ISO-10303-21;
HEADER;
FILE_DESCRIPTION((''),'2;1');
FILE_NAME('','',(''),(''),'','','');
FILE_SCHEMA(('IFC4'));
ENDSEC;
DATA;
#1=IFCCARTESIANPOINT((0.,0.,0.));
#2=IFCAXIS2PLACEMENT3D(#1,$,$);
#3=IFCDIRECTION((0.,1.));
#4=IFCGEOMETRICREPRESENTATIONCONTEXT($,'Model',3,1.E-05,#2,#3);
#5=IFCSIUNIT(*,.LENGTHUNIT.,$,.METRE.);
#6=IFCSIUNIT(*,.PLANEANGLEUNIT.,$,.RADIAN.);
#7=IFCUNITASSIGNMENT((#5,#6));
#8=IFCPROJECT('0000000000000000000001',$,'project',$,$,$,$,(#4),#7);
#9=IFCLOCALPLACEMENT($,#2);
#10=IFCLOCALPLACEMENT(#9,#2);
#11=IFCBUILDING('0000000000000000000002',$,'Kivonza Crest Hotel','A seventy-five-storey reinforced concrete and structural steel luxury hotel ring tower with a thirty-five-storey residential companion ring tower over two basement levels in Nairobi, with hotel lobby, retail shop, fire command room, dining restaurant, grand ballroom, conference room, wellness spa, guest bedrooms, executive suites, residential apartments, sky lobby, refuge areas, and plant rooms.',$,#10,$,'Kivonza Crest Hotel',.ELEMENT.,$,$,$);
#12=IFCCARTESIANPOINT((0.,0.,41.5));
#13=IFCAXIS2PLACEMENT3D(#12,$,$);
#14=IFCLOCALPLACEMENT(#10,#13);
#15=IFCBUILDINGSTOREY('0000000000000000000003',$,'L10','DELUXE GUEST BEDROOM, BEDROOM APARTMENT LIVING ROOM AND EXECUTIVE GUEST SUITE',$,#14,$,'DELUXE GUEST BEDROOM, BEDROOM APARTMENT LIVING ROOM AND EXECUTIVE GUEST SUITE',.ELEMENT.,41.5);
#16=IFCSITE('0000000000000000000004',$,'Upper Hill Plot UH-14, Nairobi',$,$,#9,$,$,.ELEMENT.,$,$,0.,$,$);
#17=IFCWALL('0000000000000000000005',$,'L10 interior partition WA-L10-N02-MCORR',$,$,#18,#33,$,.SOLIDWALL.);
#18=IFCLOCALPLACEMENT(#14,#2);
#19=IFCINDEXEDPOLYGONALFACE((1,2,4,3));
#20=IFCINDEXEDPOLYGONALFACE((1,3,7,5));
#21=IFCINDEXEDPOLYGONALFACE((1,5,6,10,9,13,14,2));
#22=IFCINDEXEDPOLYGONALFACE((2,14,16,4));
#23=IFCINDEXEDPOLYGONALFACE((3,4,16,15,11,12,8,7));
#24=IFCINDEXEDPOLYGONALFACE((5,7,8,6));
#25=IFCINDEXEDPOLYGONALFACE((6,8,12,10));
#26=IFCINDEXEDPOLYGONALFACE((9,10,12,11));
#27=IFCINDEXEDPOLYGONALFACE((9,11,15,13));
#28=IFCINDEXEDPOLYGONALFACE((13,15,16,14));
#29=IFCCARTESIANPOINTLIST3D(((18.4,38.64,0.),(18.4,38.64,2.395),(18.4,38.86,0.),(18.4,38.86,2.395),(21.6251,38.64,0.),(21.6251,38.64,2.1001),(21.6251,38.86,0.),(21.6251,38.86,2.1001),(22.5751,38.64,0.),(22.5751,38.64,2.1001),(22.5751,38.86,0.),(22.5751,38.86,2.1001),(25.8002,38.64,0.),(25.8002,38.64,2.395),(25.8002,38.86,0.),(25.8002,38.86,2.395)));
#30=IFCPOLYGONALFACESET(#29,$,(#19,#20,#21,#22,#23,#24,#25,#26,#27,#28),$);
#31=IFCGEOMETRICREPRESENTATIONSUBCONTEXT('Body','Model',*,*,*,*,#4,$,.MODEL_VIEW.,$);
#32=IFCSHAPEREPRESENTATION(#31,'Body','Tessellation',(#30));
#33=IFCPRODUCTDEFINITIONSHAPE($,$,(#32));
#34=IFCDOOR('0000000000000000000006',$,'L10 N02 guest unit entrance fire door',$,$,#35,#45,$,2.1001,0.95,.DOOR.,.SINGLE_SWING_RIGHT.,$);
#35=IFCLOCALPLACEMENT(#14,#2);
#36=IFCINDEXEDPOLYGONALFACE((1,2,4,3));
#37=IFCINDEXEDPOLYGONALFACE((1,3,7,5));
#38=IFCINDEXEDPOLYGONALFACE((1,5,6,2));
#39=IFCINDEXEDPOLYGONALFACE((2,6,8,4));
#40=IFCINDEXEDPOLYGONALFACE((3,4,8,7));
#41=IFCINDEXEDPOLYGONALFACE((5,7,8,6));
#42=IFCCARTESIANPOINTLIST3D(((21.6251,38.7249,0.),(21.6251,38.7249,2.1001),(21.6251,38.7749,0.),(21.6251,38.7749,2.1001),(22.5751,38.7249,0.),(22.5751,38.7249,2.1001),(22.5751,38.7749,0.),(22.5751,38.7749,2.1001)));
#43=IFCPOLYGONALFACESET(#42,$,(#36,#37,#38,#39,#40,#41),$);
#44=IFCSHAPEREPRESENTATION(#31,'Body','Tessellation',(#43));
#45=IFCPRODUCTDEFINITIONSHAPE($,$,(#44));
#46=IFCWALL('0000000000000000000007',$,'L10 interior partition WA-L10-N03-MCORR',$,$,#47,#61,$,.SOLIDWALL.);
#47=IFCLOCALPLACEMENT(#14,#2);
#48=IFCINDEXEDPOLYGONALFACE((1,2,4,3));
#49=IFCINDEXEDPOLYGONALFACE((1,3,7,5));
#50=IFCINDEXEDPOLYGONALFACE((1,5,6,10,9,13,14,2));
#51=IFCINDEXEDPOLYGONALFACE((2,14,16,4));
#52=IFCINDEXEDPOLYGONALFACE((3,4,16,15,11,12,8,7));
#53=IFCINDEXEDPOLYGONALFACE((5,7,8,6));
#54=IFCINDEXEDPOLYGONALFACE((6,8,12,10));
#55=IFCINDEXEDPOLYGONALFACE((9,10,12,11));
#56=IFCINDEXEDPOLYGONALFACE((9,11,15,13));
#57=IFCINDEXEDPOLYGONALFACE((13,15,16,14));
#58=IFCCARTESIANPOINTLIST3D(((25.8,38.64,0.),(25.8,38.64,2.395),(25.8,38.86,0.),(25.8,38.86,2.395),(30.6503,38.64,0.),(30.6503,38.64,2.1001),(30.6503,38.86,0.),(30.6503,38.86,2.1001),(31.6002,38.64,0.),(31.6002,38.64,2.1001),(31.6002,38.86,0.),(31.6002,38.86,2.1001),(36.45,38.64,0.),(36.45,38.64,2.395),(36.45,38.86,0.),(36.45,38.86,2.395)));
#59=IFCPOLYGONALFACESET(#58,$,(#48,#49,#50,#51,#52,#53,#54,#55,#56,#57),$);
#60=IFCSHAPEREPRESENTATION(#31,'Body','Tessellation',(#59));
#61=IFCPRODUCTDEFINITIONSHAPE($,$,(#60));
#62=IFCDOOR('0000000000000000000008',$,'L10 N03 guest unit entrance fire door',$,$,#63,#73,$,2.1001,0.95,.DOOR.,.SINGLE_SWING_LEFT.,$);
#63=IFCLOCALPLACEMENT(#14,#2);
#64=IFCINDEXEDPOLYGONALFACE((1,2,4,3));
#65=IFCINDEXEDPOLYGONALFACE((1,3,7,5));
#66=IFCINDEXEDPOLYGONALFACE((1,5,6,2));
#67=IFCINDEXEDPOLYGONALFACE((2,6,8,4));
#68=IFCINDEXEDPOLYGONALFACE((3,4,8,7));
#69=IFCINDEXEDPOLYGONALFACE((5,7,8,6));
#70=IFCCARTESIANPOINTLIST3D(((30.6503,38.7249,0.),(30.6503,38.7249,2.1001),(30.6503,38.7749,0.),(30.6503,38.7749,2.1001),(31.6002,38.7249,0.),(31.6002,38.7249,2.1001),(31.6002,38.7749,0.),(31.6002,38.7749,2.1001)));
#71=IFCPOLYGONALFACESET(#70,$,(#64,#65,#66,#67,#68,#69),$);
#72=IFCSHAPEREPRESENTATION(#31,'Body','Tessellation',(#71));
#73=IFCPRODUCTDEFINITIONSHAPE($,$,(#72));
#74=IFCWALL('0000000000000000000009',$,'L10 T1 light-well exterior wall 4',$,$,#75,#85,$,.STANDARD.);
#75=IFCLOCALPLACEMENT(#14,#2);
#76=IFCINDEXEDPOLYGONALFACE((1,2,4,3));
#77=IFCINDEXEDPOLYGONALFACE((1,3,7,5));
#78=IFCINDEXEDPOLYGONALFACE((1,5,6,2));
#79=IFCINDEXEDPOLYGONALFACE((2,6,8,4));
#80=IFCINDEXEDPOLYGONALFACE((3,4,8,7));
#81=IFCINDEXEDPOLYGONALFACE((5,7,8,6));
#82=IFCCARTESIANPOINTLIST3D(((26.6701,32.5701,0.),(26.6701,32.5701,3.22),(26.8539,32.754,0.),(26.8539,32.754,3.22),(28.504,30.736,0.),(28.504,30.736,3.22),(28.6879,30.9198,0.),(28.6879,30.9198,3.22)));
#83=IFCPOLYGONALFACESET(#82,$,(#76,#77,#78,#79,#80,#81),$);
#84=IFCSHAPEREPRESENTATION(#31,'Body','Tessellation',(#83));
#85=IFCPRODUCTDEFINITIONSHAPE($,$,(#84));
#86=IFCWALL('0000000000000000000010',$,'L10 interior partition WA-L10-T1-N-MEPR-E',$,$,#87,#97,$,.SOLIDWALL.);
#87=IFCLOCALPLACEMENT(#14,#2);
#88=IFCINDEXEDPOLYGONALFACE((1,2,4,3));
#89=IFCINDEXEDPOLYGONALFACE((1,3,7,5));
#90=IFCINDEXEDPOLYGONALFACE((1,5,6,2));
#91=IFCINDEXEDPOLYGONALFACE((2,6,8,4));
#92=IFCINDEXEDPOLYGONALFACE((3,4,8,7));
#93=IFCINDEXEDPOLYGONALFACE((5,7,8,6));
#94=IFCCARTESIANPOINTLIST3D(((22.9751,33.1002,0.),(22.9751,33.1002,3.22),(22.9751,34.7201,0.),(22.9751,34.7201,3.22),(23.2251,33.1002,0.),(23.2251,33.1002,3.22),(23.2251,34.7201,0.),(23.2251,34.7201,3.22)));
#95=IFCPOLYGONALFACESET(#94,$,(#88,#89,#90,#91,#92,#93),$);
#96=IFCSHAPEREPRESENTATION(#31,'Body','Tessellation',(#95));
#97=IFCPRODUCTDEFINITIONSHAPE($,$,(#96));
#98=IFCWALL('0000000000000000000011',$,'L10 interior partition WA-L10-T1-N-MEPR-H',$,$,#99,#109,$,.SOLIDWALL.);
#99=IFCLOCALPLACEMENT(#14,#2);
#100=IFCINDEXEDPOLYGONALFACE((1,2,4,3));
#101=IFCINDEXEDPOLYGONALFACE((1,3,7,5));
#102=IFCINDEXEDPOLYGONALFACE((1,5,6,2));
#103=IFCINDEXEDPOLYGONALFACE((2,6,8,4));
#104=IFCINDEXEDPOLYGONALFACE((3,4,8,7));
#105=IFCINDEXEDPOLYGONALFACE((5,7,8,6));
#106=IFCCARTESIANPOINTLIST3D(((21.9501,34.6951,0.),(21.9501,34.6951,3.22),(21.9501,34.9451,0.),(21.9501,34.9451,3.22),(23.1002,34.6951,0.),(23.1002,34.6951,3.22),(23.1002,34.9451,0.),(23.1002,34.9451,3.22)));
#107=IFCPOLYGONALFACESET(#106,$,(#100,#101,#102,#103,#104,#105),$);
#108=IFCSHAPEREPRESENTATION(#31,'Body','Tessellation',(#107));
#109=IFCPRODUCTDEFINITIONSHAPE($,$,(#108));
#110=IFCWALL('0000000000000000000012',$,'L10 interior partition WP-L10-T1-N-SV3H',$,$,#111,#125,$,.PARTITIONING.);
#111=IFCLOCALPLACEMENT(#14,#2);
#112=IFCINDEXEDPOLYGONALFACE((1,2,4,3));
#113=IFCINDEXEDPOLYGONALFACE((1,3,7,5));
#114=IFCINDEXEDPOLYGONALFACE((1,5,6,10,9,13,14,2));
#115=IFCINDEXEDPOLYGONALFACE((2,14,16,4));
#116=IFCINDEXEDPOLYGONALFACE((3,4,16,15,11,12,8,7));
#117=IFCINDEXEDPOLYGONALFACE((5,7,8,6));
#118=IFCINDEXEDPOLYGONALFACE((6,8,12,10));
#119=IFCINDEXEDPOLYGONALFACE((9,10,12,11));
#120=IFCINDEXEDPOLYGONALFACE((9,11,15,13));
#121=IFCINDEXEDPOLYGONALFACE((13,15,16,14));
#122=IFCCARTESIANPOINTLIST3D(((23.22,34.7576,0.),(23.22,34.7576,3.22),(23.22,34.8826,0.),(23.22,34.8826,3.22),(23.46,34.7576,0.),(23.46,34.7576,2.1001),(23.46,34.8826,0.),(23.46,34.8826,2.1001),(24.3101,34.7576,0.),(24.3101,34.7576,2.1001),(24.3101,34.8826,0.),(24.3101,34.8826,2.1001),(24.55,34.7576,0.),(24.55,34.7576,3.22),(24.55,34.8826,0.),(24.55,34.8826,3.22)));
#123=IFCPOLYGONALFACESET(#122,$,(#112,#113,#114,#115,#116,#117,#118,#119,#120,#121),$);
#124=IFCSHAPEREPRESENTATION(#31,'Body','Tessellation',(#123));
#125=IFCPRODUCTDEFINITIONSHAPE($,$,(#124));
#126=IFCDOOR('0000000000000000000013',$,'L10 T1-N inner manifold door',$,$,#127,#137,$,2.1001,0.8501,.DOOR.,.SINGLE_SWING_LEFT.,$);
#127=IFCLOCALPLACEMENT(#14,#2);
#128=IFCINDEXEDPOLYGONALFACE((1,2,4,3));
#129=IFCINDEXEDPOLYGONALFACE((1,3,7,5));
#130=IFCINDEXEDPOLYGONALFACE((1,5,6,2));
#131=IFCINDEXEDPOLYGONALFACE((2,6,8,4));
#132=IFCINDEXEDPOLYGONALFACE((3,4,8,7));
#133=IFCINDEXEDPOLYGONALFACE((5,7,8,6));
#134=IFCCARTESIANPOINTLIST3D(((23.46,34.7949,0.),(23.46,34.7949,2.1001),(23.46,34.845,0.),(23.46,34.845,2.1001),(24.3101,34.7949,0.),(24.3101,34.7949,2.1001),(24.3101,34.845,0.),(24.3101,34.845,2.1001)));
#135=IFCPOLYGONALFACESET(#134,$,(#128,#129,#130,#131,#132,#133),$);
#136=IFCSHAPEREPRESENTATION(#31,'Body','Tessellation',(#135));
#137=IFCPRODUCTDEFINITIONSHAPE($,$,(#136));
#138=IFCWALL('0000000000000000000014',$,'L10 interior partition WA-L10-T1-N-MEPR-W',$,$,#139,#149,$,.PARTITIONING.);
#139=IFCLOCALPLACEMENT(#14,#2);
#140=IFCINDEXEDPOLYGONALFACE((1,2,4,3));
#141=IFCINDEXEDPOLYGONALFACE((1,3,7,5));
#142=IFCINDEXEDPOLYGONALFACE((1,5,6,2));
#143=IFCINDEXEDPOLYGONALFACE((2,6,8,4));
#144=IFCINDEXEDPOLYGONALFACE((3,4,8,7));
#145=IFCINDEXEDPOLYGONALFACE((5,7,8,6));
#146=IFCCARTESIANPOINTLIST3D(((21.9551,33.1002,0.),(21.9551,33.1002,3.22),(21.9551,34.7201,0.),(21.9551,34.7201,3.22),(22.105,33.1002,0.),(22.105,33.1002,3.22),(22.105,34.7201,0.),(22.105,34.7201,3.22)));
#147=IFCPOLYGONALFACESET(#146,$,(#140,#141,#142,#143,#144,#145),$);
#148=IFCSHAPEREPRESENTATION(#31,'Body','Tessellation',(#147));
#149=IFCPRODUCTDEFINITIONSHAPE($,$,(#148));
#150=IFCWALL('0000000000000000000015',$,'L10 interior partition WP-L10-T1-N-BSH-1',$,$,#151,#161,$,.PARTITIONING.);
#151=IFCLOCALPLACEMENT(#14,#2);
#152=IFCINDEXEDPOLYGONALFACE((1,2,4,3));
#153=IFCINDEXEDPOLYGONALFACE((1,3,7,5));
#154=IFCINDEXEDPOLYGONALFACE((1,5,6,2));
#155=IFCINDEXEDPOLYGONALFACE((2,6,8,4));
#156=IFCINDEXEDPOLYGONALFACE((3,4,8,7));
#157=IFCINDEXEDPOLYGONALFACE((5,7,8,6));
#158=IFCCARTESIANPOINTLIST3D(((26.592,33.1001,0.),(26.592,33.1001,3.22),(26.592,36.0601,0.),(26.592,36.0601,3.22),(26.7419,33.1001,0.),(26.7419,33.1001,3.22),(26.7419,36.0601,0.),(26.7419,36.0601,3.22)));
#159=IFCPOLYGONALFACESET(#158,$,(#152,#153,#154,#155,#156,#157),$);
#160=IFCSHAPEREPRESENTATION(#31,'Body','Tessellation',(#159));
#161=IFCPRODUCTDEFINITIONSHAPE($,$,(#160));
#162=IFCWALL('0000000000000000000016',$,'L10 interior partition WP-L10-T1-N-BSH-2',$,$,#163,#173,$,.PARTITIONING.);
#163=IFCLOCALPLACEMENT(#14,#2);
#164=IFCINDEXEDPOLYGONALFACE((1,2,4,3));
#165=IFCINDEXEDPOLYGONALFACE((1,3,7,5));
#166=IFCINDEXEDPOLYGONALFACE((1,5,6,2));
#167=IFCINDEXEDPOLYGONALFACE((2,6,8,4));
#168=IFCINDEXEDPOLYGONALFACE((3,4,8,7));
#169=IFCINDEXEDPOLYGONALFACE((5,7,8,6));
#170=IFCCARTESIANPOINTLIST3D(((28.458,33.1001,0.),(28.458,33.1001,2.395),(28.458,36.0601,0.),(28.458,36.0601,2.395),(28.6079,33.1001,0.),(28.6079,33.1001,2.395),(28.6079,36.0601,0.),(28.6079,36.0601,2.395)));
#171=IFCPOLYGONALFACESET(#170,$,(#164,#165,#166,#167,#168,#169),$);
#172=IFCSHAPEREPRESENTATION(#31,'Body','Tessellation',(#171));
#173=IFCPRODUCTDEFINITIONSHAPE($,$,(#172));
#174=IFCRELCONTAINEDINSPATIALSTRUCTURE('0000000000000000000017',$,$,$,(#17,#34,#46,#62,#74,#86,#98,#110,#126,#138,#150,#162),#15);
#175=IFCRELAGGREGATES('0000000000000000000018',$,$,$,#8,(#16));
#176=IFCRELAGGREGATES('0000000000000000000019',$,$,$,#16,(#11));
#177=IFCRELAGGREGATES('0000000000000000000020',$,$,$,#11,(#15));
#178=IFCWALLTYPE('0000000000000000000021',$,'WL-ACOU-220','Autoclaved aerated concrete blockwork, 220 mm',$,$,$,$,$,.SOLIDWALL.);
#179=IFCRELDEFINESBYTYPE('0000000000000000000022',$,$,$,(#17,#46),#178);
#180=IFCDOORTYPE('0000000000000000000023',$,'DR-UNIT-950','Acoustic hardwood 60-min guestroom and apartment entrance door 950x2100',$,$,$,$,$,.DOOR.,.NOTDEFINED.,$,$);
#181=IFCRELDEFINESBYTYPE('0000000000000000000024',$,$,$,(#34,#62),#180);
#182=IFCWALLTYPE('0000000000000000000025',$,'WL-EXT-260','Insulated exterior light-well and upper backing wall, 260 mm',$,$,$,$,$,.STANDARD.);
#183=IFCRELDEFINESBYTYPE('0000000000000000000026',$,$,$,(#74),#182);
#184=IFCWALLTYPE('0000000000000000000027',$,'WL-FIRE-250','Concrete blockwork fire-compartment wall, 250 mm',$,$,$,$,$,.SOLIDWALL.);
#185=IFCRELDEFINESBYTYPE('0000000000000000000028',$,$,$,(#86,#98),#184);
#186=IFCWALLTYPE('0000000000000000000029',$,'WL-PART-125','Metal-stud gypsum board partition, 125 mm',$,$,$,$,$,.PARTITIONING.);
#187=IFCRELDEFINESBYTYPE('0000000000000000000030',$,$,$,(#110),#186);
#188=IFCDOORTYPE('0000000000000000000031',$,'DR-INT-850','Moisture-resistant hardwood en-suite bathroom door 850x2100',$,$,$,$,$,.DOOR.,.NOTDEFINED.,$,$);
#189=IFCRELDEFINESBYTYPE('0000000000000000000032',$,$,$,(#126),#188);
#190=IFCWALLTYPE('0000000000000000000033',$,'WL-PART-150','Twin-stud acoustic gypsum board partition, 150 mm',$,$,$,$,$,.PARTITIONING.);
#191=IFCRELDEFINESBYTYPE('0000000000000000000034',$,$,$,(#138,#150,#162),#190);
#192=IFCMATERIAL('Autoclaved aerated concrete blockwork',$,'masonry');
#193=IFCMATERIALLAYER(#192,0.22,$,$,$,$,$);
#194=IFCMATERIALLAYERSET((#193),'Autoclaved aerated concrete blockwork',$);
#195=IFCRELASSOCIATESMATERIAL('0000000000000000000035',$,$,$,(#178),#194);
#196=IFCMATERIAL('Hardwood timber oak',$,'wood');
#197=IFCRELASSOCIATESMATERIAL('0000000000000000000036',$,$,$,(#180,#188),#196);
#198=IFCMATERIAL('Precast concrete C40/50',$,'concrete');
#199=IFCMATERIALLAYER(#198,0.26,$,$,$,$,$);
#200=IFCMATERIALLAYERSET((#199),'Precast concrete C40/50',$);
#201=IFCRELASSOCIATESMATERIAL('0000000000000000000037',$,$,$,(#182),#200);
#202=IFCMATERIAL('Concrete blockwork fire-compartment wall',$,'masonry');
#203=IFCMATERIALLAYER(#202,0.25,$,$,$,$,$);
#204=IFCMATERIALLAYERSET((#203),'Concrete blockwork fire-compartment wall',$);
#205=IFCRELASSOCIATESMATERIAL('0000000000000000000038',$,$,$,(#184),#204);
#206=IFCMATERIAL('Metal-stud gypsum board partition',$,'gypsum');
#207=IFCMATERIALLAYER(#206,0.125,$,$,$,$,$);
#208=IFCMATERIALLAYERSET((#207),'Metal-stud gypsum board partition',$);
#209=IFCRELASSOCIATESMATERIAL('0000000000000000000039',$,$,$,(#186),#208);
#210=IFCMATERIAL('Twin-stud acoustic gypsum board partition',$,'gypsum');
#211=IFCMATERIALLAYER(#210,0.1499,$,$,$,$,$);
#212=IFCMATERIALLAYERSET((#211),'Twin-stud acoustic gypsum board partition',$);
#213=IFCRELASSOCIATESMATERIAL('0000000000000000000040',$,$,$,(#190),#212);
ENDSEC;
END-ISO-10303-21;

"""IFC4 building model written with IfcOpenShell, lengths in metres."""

from ifc_helpers import new_model, si_unit, direction, frame, frame_2d, origin, place, context, subcontext, project, spatial, rectangle, extrude, material, layer, layer_set, type_object, element, fill, save


model = new_model("IFC4")

# Units and contexts
model_context = context("Model", 3, precision=1e-05, world=origin(), true_north=direction((0.0, 1.0)))
body_context = subcontext(model_context, "Body", "Model", "MODEL_VIEW")
ifc_project = project(units=[si_unit("LENGTHUNIT", "METRE"), si_unit("PLANEANGLEUNIT", "RADIAN")], contexts=[model_context])

# Site, building, storey
site_placement = place(None, origin())
site = spatial("IfcSite", under=ifc_project, at=site_placement, Name="Upper Hill Plot UH-14, Nairobi", CompositionType="ELEMENT", RefElevation=0.0)
building_placement = place(site_placement, origin())
building = spatial("IfcBuilding", under=site, at=building_placement, Name="Kivonza Crest Hotel", Description="A seventy-five-storey reinforced concrete and structural steel luxury hotel ring tower with a thirty-five-storey residential companion ring tower over two basement levels in Nairobi, with hotel lobby, retail shop, fire command room, dining restaurant, grand ballroom, conference room, wellness spa, guest bedrooms, executive suites, residential apartments, sky lobby, refuge areas, and plant rooms.", LongName="Kivonza Crest Hotel", CompositionType="ELEMENT")
storey_placement = place(building_placement, frame((0.0, 0.0, 41.5)))
storey = spatial("IfcBuildingStorey", under=building, at=storey_placement, Name="L10", Description="DELUXE GUEST BEDROOM, BEDROOM APARTMENT LIVING ROOM AND EXECUTIVE GUEST SUITE", LongName="DELUXE GUEST BEDROOM, BEDROOM APARTMENT LIVING ROOM AND EXECUTIVE GUEST SUITE", CompositionType="ELEMENT", Elevation=41.5)

# Walls, openings, doors
ifc_material_1 = material(Name="Autoclaved aerated concrete blockwork", Category="masonry")
ifc_layer_1 = layer(ifc_material_1, 0.22)
ifc_layer_set_1 = layer_set([ifc_layer_1], Name="Autoclaved aerated concrete blockwork")
wall_type_1 = type_object("IfcWallType", Name="WL-ACOU-220", Description="Autoclaved aerated concrete blockwork, 220 mm", PredefinedType="SOLIDWALL", material=ifc_layer_set_1)
wall_1_placement = place(storey_placement, frame((18.3999, 38.75, 0.0), z_axis=(0.0, 0.0, 1.0), x_axis=(1.0, 0.0, 0.0)))
wall_1 = element("IfcWall", 1, at=wall_1_placement, inside=storey, type_object=wall_type_1, Name="L10 interior partition WA-L10-N02-MCORR", PredefinedType="SOLIDWALL", context=body_context, shape_type="SweptSolid", body=[
    extrude(rectangle(XDim=7.4001, YDim=0.22, at=frame_2d((3.7002, 0.0))), origin(), (0.0, 0.0, 1.0), 2.395),
])
opening_1_placement = place(wall_1_placement, frame((3.2251, 0.0, 0.0)))
opening_1 = element("IfcOpeningElement", 2, at=opening_1_placement, cuts=wall_1, PredefinedType="OPENING", context=body_context, shape_type="SweptSolid", body=[
    extrude(rectangle(XDim=0.95, YDim=2.1001, at=frame_2d((0.4751, 1.05))), frame((0.0, 0.1201, 0.0), z_axis=(0.0, -1.0, 0.0), x_axis=(1.0, 0.0, 0.0)), (0.0, 0.0, 1.0), 0.24),
])
ifc_material_2 = material(Name="Hardwood timber oak", Category="wood")
door_type_1 = type_object("IfcDoorType", Name="DR-UNIT-950", Description="Acoustic hardwood 60-min guestroom and apartment entrance door 950x2100", OperationType="NOTDEFINED", PredefinedType="DOOR", material=ifc_material_2)
door_1_placement = place(opening_1_placement, origin())
door_1 = element("IfcDoor", 3, at=door_1_placement, inside=storey, type_object=door_type_1, Name="L10 N02 guest unit entrance fire door", OperationType="SINGLE_SWING_RIGHT", OverallHeight=2.1001, OverallWidth=0.95, PredefinedType="DOOR", context=body_context, shape_type="SweptSolid", body=[
    extrude(rectangle(XDim=0.95, YDim=2.1001, at=frame_2d((0.4751, 1.05))), frame((0.0, 0.0249, 0.0), z_axis=(0.0, -1.0, 0.0), x_axis=(1.0, 0.0, 0.0)), (0.0, 0.0, 1.0), 0.05),
])
fill(opening_1, door_1)
wall_2_placement = place(storey_placement, frame((25.8, 38.75, 0.0), z_axis=(0.0, 0.0, 1.0), x_axis=(1.0, 0.0, 0.0)))
wall_2 = element("IfcWall", 4, at=wall_2_placement, inside=storey, type_object=wall_type_1, Name="L10 interior partition WA-L10-N03-MCORR", PredefinedType="SOLIDWALL", context=body_context, shape_type="SweptSolid", body=[
    extrude(rectangle(XDim=10.6499, YDim=0.22, at=frame_2d((5.325, 0.0))), origin(), (0.0, 0.0, 1.0), 2.395),
])
opening_2_placement = place(wall_2_placement, frame((4.8501, 0.0, 0.0)))
opening_2 = element("IfcOpeningElement", 5, at=opening_2_placement, cuts=wall_2, PredefinedType="OPENING", context=body_context, shape_type="SweptSolid", body=[
    extrude(rectangle(XDim=0.95, YDim=2.1001, at=frame_2d((0.4751, 1.05))), frame((0.0, 0.1201, 0.0), z_axis=(0.0, -1.0, 0.0), x_axis=(1.0, 0.0, 0.0)), (0.0, 0.0, 1.0), 0.24),
])
door_2_placement = place(opening_2_placement, origin())
door_2 = element("IfcDoor", 6, at=door_2_placement, inside=storey, type_object=door_type_1, Name="L10 N03 guest unit entrance fire door", OperationType="SINGLE_SWING_LEFT", OverallHeight=2.1001, OverallWidth=0.95, PredefinedType="DOOR", context=body_context, shape_type="SweptSolid", body=[
    extrude(rectangle(XDim=0.95, YDim=2.1001, at=frame_2d((0.4751, 1.05))), frame((0.0, 0.0249, 0.0), z_axis=(0.0, -1.0, 0.0), x_axis=(1.0, 0.0, 0.0)), (0.0, 0.0, 1.0), 0.05),
])
fill(opening_2, door_2)

# Walls
ifc_material_3 = material(Name="Precast concrete C40/50", Category="concrete")
ifc_layer_2 = layer(ifc_material_3, 0.26)
ifc_layer_set_2 = layer_set([ifc_layer_2], Name="Precast concrete C40/50")
wall_type_2 = type_object("IfcWallType", Name="WL-EXT-260", Description="Insulated exterior light-well and upper backing wall, 260 mm", PredefinedType="STANDARD", material=ifc_layer_set_2)
wall_3_placement = place(storey_placement, frame((28.5959, 30.8279, 0.0), z_axis=(0.0, 0.0, 1.0), x_axis=(-0.70706, 0.707154, 0.0)))
element("IfcWall", 7, at=wall_3_placement, inside=storey, type_object=wall_type_2, Name="L10 T1 light-well exterior wall 4", PredefinedType="STANDARD", context=body_context, shape_type="SweptSolid", body=[
    extrude(rectangle(XDim=2.5938, YDim=0.26, at=frame_2d((1.2969, 0.0))), origin(), (0.0, 0.0, 1.0), 3.22),
])
ifc_material_4 = material(Name="Concrete blockwork fire-compartment wall", Category="masonry")
ifc_layer_3 = layer(ifc_material_4, 0.25)
ifc_layer_set_3 = layer_set([ifc_layer_3], Name="Concrete blockwork fire-compartment wall")
wall_type_3 = type_object("IfcWallType", Name="WL-FIRE-250", Description="Concrete blockwork fire-compartment wall, 250 mm", PredefinedType="SOLIDWALL", material=ifc_layer_set_3)
wall_4_placement = place(storey_placement, frame((23.1001, 33.1001, 0.0), z_axis=(0.0, 0.0, 1.0), x_axis=(0.0, 1.0, 0.0)))
element("IfcWall", 8, at=wall_4_placement, inside=storey, type_object=wall_type_3, Name="L10 interior partition WA-L10-T1-N-MEPR-E", PredefinedType="SOLIDWALL", context=body_context, shape_type="SweptSolid", body=[
    extrude(rectangle(XDim=1.6199, YDim=0.25, at=frame_2d((0.8101, 0.0))), origin(), (0.0, 0.0, 1.0), 3.22),
])
wall_5_placement = place(storey_placement, frame((21.95, 34.8201, 0.0), z_axis=(0.0, 0.0, 1.0), x_axis=(1.0, 0.0, 0.0)))
element("IfcWall", 9, at=wall_5_placement, inside=storey, type_object=wall_type_3, Name="L10 interior partition WA-L10-T1-N-MEPR-H", PredefinedType="SOLIDWALL", context=body_context, shape_type="SweptSolid", body=[
    extrude(rectangle(XDim=1.1501, YDim=0.25, at=frame_2d((0.5752, 0.0))), origin(), (0.0, 0.0, 1.0), 3.22),
])

# Wall, opening, door
ifc_material_5 = material(Name="Metal-stud gypsum board partition", Category="gypsum")
ifc_layer_4 = layer(ifc_material_5, 0.125)
ifc_layer_set_4 = layer_set([ifc_layer_4], Name="Metal-stud gypsum board partition")
wall_type_4 = type_object("IfcWallType", Name="WL-PART-125", Description="Metal-stud gypsum board partition, 125 mm", PredefinedType="PARTITIONING", material=ifc_layer_set_4)
wall_6_placement = place(storey_placement, frame((23.22, 34.8201, 0.0), z_axis=(0.0, 0.0, 1.0), x_axis=(1.0, 0.0, 0.0)))
wall_6 = element("IfcWall", 10, at=wall_6_placement, inside=storey, type_object=wall_type_4, Name="L10 interior partition WP-L10-T1-N-SV3H", PredefinedType="PARTITIONING", context=body_context, shape_type="SweptSolid", body=[
    extrude(rectangle(XDim=1.3301, YDim=0.125, at=frame_2d((0.665, 0.0))), origin(), (0.0, 0.0, 1.0), 3.22),
])
opening_3_placement = place(wall_6_placement, frame((0.24, 0.0, 0.0)))
opening_3 = element("IfcOpeningElement", 11, at=opening_3_placement, cuts=wall_6, PredefinedType="OPENING", context=body_context, shape_type="SweptSolid", body=[
    extrude(rectangle(XDim=0.8501, YDim=2.1001, at=frame_2d((0.425, 1.05))), frame((0.0, 0.0725, 0.0), z_axis=(0.0, -1.0, 0.0), x_axis=(1.0, 0.0, 0.0)), (0.0, 0.0, 1.0), 0.145),
])
door_type_2 = type_object("IfcDoorType", Name="DR-INT-850", Description="Moisture-resistant hardwood en-suite bathroom door 850x2100", OperationType="NOTDEFINED", PredefinedType="DOOR", material=ifc_material_2)
door_3_placement = place(opening_3_placement, origin())
door_3 = element("IfcDoor", 12, at=door_3_placement, inside=storey, type_object=door_type_2, Name="L10 T1-N inner manifold door", OperationType="SINGLE_SWING_LEFT", OverallHeight=2.1001, OverallWidth=0.8501, PredefinedType="DOOR", context=body_context, shape_type="SweptSolid", body=[
    extrude(rectangle(XDim=0.8501, YDim=2.1001, at=frame_2d((0.425, 1.05))), frame((0.0, 0.0249, 0.0), z_axis=(0.0, -1.0, 0.0), x_axis=(1.0, 0.0, 0.0)), (0.0, 0.0, 1.0), 0.05),
])
fill(opening_3, door_3)

# Walls
ifc_material_6 = material(Name="Twin-stud acoustic gypsum board partition", Category="gypsum")
ifc_layer_5 = layer(ifc_material_6, 0.1499)
ifc_layer_set_5 = layer_set([ifc_layer_5], Name="Twin-stud acoustic gypsum board partition")
wall_type_5 = type_object("IfcWallType", Name="WL-PART-150", Description="Twin-stud acoustic gypsum board partition, 150 mm", PredefinedType="PARTITIONING", material=ifc_layer_set_5)
wall_7_placement = place(storey_placement, frame((22.03, 33.1001, 0.0), z_axis=(0.0, 0.0, 1.0), x_axis=(0.0, 1.0, 0.0)))
element("IfcWall", 13, at=wall_7_placement, inside=storey, type_object=wall_type_5, Name="L10 interior partition WA-L10-T1-N-MEPR-W", PredefinedType="PARTITIONING", context=body_context, shape_type="SweptSolid", body=[
    extrude(rectangle(XDim=1.6199, YDim=0.1499, at=frame_2d((0.8101, 0.0))), origin(), (0.0, 0.0, 1.0), 3.22),
])
wall_8_placement = place(storey_placement, frame((26.667, 33.1001, 0.0), z_axis=(0.0, 0.0, 1.0), x_axis=(0.0, 1.0, 0.0)))
element("IfcWall", 14, at=wall_8_placement, inside=storey, type_object=wall_type_5, Name="L10 interior partition WP-L10-T1-N-BSH-1", PredefinedType="PARTITIONING", context=body_context, shape_type="SweptSolid", body=[
    extrude(rectangle(XDim=2.96, YDim=0.1499, at=frame_2d((1.48, 0.0))), origin(), (0.0, 0.0, 1.0), 3.22),
])
wall_9_placement = place(storey_placement, frame((28.533, 33.1001, 0.0), z_axis=(0.0, 0.0, 1.0), x_axis=(0.0, 1.0, 0.0)))
element("IfcWall", 15, at=wall_9_placement, inside=storey, type_object=wall_type_5, Name="L10 interior partition WP-L10-T1-N-BSH-2", PredefinedType="PARTITIONING", context=body_context, shape_type="SweptSolid", body=[
    extrude(rectangle(XDim=2.96, YDim=0.1499, at=frame_2d((1.48, 0.0))), origin(), (0.0, 0.0, 1.0), 2.395),
])

save(model, "model.ifc")
